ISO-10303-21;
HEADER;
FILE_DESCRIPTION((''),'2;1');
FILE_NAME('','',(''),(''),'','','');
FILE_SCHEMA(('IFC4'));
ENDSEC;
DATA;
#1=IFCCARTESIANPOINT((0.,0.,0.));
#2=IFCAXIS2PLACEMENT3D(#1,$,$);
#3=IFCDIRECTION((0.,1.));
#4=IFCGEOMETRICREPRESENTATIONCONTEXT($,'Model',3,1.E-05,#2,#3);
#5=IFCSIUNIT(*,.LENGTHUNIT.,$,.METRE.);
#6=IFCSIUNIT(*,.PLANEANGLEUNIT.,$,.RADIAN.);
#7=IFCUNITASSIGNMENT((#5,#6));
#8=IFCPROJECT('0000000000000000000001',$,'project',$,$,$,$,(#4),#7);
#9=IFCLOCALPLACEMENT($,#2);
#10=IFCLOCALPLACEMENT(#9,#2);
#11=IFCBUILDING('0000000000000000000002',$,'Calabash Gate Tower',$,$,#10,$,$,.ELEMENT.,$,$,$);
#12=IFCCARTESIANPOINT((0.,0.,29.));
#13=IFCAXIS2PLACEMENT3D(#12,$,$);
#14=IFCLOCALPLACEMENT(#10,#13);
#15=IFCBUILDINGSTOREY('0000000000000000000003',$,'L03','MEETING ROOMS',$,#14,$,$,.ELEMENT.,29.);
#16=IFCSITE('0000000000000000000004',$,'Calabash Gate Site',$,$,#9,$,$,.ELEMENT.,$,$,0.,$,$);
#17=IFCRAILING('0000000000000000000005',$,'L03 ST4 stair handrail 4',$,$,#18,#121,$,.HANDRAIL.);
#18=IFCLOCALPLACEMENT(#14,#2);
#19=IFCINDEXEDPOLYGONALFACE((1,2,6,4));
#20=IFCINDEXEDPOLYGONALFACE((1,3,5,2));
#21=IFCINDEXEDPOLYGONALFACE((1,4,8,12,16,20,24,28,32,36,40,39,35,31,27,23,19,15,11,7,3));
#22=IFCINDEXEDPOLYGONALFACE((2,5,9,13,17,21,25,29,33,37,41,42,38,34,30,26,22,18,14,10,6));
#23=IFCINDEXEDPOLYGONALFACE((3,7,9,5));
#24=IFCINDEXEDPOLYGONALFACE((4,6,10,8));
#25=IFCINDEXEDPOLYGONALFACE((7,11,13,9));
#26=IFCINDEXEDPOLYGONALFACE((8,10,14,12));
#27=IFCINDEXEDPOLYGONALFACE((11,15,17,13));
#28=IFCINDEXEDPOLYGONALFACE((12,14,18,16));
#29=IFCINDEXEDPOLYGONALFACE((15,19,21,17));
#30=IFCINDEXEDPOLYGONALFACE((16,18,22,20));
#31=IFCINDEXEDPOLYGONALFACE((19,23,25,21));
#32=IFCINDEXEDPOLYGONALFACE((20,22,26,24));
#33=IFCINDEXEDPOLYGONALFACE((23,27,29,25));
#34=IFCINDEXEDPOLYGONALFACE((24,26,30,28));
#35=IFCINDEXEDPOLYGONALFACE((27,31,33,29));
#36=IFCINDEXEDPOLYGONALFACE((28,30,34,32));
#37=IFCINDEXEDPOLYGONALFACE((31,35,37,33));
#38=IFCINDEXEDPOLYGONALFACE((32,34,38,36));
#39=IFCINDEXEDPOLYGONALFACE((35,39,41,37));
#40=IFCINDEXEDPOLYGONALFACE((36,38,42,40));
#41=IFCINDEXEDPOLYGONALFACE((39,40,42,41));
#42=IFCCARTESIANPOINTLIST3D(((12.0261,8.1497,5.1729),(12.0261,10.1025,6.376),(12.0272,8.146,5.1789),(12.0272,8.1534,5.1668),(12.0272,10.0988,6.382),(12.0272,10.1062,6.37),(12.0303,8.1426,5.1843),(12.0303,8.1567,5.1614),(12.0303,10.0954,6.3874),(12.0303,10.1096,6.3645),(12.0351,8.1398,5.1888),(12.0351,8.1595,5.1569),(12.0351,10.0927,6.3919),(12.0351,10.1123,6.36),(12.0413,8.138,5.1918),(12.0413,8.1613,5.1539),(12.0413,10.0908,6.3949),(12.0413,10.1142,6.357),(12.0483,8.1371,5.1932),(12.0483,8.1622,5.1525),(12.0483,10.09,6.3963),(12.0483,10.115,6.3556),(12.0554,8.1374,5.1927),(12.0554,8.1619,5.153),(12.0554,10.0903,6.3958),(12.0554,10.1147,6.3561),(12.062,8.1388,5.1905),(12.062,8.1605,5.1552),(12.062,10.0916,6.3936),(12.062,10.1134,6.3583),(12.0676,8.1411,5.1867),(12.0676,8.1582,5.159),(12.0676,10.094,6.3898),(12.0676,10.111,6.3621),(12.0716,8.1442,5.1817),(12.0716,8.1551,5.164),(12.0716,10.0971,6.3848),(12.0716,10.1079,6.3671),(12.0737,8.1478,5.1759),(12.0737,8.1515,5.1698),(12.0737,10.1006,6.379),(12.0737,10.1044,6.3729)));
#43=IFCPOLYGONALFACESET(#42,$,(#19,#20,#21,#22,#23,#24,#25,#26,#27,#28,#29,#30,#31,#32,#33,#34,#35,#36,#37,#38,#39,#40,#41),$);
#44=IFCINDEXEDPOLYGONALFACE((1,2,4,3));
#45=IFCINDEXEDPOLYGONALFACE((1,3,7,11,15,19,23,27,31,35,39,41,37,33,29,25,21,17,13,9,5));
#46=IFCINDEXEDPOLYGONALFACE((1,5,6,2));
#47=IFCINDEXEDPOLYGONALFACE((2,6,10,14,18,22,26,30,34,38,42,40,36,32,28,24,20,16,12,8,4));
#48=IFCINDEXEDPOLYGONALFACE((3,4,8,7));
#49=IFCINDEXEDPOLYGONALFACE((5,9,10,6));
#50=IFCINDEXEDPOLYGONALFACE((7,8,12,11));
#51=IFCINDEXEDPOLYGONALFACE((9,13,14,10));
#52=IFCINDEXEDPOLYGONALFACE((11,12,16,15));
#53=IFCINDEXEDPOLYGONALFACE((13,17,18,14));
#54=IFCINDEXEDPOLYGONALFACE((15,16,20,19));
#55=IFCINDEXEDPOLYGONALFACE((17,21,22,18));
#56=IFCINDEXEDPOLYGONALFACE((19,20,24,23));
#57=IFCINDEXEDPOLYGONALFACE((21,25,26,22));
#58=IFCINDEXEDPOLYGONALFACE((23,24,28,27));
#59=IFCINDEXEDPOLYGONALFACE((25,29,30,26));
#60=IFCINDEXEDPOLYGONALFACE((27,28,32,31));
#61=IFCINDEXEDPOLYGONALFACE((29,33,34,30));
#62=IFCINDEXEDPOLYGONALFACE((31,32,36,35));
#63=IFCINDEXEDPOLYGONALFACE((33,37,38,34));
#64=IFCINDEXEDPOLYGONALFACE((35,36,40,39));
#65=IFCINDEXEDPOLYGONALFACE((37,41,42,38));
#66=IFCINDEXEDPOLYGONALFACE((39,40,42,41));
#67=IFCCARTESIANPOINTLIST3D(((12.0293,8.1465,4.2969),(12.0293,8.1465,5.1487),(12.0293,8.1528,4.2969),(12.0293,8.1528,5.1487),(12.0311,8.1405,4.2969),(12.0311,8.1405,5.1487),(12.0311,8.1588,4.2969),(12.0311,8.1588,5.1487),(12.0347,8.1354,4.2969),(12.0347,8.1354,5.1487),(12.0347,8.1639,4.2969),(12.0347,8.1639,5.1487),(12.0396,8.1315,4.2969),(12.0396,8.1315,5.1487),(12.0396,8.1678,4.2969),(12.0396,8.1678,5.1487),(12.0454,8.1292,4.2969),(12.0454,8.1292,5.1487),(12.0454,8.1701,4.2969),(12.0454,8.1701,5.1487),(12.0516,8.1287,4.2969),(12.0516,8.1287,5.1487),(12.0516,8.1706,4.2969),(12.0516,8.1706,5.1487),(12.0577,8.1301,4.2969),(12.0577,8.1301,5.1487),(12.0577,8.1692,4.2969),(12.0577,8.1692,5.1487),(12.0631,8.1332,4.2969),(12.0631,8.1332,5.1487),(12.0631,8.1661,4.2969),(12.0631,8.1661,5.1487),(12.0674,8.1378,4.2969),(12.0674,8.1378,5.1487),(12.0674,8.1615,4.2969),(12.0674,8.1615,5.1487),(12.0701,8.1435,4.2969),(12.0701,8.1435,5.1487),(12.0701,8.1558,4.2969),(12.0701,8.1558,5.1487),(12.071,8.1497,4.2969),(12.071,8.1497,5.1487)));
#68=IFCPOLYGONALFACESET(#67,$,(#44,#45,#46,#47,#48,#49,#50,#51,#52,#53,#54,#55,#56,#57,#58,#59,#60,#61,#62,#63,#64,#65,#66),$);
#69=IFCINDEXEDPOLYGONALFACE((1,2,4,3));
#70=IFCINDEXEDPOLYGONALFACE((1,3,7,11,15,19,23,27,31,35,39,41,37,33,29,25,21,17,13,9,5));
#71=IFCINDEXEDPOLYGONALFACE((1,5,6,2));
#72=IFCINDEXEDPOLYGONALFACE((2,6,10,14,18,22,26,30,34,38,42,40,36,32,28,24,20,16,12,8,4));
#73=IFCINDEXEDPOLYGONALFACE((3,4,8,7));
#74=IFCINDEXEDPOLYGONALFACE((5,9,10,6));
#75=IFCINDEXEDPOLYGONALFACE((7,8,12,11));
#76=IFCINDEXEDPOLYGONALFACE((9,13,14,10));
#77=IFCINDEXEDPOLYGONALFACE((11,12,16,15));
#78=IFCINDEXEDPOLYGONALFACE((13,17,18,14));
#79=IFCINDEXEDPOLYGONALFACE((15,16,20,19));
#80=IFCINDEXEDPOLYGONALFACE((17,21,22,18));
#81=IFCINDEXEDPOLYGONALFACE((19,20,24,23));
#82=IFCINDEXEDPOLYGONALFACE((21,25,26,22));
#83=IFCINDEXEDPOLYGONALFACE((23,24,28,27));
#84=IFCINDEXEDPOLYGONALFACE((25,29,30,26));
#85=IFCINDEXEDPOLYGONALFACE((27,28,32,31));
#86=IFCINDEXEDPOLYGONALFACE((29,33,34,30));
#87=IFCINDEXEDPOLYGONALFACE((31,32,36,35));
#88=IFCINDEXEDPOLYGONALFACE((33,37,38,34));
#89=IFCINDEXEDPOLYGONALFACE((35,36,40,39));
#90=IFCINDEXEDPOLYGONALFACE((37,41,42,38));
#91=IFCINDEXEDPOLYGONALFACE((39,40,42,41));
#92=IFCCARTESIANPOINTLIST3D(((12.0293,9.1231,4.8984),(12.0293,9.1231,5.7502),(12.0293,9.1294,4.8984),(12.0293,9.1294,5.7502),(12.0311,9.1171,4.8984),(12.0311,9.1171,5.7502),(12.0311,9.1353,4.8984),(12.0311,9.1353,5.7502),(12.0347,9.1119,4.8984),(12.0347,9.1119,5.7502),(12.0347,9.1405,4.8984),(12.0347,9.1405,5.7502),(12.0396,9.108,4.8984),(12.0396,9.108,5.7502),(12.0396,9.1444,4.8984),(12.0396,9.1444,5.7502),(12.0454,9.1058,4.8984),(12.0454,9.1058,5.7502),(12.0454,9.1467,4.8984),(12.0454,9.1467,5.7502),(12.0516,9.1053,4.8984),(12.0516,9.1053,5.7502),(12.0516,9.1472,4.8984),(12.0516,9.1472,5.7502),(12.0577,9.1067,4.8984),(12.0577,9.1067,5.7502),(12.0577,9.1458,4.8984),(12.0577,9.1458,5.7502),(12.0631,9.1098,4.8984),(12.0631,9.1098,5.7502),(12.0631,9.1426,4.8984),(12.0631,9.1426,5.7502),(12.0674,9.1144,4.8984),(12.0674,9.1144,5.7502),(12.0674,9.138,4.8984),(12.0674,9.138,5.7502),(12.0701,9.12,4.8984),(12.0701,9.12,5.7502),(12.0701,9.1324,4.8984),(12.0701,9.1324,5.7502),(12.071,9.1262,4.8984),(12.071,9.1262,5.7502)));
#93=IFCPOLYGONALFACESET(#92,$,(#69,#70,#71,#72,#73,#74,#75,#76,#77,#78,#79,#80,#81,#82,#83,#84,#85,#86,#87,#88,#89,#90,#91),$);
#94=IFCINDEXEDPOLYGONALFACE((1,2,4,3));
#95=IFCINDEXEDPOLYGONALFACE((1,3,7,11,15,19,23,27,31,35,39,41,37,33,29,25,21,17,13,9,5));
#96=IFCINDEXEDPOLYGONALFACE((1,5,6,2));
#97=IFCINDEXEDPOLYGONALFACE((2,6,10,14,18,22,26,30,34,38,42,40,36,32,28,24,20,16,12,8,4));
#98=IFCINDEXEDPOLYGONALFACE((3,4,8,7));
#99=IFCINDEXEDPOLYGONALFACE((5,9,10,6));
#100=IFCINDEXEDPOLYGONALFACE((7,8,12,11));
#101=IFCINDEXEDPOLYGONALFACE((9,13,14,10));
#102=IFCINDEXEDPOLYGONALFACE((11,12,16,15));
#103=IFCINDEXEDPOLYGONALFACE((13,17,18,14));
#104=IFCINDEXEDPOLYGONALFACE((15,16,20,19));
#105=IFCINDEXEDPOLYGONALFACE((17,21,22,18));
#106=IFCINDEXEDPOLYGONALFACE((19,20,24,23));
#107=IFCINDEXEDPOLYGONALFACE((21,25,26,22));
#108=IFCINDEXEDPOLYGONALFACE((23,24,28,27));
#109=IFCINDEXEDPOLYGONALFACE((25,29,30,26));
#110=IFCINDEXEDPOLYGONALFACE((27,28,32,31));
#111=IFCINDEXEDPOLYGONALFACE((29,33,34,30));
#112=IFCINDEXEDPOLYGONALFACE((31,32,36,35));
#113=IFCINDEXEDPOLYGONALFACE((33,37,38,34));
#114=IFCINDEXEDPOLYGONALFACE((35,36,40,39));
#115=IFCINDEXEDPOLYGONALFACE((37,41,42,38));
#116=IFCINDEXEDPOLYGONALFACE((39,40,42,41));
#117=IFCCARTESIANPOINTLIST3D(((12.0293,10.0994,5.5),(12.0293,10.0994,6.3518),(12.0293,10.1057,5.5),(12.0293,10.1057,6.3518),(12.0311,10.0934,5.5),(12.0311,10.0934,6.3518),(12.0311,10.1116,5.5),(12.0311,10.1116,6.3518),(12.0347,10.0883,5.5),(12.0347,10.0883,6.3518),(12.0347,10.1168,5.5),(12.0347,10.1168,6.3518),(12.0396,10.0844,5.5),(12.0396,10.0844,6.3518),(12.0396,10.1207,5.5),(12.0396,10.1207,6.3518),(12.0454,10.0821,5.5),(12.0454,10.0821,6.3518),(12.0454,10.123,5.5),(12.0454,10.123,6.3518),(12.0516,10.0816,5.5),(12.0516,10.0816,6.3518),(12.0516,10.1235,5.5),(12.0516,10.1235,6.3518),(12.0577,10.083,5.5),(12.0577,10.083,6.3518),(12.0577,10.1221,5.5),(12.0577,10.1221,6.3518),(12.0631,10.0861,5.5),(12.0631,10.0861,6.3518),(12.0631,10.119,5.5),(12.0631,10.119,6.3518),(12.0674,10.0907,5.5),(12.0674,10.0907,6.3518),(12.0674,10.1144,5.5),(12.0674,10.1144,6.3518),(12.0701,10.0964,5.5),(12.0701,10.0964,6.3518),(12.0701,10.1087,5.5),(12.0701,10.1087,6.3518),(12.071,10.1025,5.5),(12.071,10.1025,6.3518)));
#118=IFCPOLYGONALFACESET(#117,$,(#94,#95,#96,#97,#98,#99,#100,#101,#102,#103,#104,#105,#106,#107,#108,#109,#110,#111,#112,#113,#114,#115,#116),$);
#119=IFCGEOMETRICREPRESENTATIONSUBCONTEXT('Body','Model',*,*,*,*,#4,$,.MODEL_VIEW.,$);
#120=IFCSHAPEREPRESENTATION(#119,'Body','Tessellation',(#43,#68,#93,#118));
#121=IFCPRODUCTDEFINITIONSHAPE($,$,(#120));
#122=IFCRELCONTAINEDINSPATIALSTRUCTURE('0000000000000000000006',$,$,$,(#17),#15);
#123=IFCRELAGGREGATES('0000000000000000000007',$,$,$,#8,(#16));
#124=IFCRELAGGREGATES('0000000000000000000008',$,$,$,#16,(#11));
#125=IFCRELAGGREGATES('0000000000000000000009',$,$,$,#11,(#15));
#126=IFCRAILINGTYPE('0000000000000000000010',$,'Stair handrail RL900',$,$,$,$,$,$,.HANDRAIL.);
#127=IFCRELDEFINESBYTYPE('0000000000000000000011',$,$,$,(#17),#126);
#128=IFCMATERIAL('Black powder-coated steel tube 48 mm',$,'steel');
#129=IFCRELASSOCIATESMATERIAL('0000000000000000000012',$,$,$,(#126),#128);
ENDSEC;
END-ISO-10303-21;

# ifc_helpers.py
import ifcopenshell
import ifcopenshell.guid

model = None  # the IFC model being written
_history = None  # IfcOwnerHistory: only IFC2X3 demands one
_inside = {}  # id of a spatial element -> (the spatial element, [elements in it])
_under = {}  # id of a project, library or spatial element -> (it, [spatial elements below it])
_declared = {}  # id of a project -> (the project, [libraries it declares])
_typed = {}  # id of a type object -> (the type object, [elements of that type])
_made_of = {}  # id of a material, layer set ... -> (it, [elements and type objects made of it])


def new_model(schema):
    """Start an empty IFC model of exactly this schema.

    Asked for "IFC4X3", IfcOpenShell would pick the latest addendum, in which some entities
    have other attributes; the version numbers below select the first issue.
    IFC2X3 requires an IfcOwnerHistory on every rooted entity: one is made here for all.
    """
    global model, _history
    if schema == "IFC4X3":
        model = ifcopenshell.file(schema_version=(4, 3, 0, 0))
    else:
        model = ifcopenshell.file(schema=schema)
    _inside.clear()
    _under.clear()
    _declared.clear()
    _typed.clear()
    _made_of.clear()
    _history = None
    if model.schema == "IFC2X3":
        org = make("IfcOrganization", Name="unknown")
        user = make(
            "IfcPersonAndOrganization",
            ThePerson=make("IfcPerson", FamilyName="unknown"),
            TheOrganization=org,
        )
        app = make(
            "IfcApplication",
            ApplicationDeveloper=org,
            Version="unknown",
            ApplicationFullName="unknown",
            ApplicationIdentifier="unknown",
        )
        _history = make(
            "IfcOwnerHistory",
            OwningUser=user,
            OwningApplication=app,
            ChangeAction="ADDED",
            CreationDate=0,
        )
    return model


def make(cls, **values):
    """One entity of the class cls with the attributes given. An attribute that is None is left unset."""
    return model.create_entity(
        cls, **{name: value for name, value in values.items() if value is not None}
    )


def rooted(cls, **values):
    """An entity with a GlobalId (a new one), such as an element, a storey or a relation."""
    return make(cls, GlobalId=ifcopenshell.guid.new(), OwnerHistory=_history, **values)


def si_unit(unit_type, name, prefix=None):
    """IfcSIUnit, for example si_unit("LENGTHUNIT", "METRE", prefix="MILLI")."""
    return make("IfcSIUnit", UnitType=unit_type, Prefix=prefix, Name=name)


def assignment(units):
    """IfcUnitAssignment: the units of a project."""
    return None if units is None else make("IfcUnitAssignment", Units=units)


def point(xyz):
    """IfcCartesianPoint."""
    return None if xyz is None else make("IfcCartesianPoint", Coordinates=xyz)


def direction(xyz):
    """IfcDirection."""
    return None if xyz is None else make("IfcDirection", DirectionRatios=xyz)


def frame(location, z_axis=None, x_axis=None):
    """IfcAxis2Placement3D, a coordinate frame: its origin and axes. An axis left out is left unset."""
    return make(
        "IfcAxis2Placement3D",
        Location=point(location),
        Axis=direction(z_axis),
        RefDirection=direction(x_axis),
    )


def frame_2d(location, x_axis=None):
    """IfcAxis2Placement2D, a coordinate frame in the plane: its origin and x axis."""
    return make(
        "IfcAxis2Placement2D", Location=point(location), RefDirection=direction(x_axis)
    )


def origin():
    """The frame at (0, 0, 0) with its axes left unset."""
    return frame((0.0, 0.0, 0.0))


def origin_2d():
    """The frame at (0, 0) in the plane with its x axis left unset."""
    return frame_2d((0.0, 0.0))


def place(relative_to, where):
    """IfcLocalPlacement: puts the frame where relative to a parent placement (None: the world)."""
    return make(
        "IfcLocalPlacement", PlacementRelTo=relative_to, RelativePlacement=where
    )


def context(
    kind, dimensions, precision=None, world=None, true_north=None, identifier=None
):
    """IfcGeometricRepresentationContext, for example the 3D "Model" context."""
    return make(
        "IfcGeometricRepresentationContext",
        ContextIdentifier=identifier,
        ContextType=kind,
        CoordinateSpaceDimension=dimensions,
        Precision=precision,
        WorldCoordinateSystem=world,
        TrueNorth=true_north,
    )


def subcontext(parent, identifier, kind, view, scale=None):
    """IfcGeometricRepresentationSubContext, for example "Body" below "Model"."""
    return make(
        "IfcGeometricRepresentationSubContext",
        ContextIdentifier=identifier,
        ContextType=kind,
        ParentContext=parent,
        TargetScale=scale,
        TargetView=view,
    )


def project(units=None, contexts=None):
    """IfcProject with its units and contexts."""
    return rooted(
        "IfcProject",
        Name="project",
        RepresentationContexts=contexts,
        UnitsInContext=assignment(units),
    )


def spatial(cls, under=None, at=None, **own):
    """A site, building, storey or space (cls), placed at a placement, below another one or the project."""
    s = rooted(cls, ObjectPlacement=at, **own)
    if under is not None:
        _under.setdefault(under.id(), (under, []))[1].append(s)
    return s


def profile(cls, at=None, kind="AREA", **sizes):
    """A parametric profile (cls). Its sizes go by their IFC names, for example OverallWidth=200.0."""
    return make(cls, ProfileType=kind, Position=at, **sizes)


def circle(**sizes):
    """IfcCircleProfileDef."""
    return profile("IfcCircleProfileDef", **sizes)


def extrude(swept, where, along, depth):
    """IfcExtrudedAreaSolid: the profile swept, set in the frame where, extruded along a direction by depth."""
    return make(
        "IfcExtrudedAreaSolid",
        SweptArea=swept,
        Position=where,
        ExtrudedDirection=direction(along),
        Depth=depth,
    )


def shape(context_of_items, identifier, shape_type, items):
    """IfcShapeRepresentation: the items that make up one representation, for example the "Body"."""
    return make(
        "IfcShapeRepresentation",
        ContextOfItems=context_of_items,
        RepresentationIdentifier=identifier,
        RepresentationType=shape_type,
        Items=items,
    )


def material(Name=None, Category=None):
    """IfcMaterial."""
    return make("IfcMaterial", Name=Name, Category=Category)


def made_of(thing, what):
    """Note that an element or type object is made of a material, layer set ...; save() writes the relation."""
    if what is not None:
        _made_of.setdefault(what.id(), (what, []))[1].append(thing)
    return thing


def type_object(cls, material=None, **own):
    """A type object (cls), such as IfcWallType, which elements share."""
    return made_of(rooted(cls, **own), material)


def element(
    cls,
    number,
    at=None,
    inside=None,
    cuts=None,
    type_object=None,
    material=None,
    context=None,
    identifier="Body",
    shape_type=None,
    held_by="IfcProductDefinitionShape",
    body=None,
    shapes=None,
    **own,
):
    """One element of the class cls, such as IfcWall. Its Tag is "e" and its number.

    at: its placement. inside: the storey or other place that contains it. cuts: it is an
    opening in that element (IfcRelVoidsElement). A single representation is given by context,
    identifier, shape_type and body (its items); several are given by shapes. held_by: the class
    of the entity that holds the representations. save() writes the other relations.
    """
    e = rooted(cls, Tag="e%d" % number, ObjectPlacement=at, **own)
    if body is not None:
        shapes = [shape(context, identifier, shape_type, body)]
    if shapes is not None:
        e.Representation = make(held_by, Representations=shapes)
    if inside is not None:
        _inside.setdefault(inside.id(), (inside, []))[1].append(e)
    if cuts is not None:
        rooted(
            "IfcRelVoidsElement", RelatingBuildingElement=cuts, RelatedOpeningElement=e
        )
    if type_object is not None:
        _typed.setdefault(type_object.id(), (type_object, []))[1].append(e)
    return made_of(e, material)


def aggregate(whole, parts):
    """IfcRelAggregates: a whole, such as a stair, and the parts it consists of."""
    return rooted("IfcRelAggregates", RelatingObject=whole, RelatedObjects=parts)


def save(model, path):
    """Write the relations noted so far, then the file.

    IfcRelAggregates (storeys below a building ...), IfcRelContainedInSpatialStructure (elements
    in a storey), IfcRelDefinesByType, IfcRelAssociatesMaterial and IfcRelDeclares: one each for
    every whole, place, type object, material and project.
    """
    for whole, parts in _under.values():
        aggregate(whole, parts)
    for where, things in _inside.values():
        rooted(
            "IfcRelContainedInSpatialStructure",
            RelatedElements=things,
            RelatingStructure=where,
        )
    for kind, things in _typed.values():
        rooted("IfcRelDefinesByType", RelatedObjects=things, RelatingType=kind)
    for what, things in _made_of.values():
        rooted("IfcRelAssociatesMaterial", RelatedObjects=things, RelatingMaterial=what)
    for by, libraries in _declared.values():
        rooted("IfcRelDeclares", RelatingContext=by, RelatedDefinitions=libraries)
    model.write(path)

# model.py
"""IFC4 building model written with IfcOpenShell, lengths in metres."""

from ifc_helpers import new_model, si_unit, direction, frame, origin, origin_2d, place, context, subcontext, project, spatial, circle, extrude, material, type_object, element, save


model = new_model("IFC4")

# Units and contexts
model_context = context("Model", 3, precision=1e-05, world=origin(), true_north=direction((0.0, 1.0)))
body_context = subcontext(model_context, "Body", "Model", "MODEL_VIEW")
ifc_project = project(units=[si_unit("LENGTHUNIT", "METRE"), si_unit("PLANEANGLEUNIT", "RADIAN")], contexts=[model_context])

# Site, building, storey
site_placement = place(None, origin())
site = spatial("IfcSite", under=ifc_project, at=site_placement, Name="Calabash Gate Site", CompositionType="ELEMENT", RefElevation=0.0)
building_placement = place(site_placement, origin())
building = spatial("IfcBuilding", under=site, at=building_placement, Name="Calabash Gate Tower", CompositionType="ELEMENT")
storey_placement = place(building_placement, frame((0.0, 0.0, 29.0)))
storey = spatial("IfcBuildingStorey", under=building, at=storey_placement, Name="L03", Description="MEETING ROOMS", CompositionType="ELEMENT", Elevation=29.0)

# Railing
ifc_material_1 = material(Name="Black powder-coated steel tube 48 mm", Category="steel")
railing_type_1 = type_object("IfcRailingType", Name="Stair handrail RL900", PredefinedType="HANDRAIL", material=ifc_material_1)
railing_1_placement = place(storey_placement, frame((12.05, 8.1497, 4.2969)))
element("IfcRailing", 1, at=railing_1_placement, inside=storey, type_object=railing_type_1, Name="L03 ST4 stair handrail 4", PredefinedType="HANDRAIL", context=body_context, shape_type="SweptSolid", body=[
    extrude(circle(Radius=0.0239, at=origin_2d()), frame((0.0, 0.0, 0.876), z_axis=(0.0, 0.851395, 0.524525), x_axis=(-1.0, 0.0, 0.0)), (0.0, 0.0, 1.0), 2.2937),
    extrude(circle(Radius=0.021, at=origin_2d()), origin(), (0.0, 0.0, 1.0), 0.8518),
    extrude(circle(Radius=0.021, at=origin_2d()), frame((0.0, 0.9766, 0.6016)), (0.0, 0.0, 1.0), 0.8518),
    extrude(circle(Radius=0.021, at=origin_2d()), frame((0.0, 1.9529, 1.2031)), (0.0, 0.0, 1.0), 0.8518),
])

save(model, "model.ifc")
